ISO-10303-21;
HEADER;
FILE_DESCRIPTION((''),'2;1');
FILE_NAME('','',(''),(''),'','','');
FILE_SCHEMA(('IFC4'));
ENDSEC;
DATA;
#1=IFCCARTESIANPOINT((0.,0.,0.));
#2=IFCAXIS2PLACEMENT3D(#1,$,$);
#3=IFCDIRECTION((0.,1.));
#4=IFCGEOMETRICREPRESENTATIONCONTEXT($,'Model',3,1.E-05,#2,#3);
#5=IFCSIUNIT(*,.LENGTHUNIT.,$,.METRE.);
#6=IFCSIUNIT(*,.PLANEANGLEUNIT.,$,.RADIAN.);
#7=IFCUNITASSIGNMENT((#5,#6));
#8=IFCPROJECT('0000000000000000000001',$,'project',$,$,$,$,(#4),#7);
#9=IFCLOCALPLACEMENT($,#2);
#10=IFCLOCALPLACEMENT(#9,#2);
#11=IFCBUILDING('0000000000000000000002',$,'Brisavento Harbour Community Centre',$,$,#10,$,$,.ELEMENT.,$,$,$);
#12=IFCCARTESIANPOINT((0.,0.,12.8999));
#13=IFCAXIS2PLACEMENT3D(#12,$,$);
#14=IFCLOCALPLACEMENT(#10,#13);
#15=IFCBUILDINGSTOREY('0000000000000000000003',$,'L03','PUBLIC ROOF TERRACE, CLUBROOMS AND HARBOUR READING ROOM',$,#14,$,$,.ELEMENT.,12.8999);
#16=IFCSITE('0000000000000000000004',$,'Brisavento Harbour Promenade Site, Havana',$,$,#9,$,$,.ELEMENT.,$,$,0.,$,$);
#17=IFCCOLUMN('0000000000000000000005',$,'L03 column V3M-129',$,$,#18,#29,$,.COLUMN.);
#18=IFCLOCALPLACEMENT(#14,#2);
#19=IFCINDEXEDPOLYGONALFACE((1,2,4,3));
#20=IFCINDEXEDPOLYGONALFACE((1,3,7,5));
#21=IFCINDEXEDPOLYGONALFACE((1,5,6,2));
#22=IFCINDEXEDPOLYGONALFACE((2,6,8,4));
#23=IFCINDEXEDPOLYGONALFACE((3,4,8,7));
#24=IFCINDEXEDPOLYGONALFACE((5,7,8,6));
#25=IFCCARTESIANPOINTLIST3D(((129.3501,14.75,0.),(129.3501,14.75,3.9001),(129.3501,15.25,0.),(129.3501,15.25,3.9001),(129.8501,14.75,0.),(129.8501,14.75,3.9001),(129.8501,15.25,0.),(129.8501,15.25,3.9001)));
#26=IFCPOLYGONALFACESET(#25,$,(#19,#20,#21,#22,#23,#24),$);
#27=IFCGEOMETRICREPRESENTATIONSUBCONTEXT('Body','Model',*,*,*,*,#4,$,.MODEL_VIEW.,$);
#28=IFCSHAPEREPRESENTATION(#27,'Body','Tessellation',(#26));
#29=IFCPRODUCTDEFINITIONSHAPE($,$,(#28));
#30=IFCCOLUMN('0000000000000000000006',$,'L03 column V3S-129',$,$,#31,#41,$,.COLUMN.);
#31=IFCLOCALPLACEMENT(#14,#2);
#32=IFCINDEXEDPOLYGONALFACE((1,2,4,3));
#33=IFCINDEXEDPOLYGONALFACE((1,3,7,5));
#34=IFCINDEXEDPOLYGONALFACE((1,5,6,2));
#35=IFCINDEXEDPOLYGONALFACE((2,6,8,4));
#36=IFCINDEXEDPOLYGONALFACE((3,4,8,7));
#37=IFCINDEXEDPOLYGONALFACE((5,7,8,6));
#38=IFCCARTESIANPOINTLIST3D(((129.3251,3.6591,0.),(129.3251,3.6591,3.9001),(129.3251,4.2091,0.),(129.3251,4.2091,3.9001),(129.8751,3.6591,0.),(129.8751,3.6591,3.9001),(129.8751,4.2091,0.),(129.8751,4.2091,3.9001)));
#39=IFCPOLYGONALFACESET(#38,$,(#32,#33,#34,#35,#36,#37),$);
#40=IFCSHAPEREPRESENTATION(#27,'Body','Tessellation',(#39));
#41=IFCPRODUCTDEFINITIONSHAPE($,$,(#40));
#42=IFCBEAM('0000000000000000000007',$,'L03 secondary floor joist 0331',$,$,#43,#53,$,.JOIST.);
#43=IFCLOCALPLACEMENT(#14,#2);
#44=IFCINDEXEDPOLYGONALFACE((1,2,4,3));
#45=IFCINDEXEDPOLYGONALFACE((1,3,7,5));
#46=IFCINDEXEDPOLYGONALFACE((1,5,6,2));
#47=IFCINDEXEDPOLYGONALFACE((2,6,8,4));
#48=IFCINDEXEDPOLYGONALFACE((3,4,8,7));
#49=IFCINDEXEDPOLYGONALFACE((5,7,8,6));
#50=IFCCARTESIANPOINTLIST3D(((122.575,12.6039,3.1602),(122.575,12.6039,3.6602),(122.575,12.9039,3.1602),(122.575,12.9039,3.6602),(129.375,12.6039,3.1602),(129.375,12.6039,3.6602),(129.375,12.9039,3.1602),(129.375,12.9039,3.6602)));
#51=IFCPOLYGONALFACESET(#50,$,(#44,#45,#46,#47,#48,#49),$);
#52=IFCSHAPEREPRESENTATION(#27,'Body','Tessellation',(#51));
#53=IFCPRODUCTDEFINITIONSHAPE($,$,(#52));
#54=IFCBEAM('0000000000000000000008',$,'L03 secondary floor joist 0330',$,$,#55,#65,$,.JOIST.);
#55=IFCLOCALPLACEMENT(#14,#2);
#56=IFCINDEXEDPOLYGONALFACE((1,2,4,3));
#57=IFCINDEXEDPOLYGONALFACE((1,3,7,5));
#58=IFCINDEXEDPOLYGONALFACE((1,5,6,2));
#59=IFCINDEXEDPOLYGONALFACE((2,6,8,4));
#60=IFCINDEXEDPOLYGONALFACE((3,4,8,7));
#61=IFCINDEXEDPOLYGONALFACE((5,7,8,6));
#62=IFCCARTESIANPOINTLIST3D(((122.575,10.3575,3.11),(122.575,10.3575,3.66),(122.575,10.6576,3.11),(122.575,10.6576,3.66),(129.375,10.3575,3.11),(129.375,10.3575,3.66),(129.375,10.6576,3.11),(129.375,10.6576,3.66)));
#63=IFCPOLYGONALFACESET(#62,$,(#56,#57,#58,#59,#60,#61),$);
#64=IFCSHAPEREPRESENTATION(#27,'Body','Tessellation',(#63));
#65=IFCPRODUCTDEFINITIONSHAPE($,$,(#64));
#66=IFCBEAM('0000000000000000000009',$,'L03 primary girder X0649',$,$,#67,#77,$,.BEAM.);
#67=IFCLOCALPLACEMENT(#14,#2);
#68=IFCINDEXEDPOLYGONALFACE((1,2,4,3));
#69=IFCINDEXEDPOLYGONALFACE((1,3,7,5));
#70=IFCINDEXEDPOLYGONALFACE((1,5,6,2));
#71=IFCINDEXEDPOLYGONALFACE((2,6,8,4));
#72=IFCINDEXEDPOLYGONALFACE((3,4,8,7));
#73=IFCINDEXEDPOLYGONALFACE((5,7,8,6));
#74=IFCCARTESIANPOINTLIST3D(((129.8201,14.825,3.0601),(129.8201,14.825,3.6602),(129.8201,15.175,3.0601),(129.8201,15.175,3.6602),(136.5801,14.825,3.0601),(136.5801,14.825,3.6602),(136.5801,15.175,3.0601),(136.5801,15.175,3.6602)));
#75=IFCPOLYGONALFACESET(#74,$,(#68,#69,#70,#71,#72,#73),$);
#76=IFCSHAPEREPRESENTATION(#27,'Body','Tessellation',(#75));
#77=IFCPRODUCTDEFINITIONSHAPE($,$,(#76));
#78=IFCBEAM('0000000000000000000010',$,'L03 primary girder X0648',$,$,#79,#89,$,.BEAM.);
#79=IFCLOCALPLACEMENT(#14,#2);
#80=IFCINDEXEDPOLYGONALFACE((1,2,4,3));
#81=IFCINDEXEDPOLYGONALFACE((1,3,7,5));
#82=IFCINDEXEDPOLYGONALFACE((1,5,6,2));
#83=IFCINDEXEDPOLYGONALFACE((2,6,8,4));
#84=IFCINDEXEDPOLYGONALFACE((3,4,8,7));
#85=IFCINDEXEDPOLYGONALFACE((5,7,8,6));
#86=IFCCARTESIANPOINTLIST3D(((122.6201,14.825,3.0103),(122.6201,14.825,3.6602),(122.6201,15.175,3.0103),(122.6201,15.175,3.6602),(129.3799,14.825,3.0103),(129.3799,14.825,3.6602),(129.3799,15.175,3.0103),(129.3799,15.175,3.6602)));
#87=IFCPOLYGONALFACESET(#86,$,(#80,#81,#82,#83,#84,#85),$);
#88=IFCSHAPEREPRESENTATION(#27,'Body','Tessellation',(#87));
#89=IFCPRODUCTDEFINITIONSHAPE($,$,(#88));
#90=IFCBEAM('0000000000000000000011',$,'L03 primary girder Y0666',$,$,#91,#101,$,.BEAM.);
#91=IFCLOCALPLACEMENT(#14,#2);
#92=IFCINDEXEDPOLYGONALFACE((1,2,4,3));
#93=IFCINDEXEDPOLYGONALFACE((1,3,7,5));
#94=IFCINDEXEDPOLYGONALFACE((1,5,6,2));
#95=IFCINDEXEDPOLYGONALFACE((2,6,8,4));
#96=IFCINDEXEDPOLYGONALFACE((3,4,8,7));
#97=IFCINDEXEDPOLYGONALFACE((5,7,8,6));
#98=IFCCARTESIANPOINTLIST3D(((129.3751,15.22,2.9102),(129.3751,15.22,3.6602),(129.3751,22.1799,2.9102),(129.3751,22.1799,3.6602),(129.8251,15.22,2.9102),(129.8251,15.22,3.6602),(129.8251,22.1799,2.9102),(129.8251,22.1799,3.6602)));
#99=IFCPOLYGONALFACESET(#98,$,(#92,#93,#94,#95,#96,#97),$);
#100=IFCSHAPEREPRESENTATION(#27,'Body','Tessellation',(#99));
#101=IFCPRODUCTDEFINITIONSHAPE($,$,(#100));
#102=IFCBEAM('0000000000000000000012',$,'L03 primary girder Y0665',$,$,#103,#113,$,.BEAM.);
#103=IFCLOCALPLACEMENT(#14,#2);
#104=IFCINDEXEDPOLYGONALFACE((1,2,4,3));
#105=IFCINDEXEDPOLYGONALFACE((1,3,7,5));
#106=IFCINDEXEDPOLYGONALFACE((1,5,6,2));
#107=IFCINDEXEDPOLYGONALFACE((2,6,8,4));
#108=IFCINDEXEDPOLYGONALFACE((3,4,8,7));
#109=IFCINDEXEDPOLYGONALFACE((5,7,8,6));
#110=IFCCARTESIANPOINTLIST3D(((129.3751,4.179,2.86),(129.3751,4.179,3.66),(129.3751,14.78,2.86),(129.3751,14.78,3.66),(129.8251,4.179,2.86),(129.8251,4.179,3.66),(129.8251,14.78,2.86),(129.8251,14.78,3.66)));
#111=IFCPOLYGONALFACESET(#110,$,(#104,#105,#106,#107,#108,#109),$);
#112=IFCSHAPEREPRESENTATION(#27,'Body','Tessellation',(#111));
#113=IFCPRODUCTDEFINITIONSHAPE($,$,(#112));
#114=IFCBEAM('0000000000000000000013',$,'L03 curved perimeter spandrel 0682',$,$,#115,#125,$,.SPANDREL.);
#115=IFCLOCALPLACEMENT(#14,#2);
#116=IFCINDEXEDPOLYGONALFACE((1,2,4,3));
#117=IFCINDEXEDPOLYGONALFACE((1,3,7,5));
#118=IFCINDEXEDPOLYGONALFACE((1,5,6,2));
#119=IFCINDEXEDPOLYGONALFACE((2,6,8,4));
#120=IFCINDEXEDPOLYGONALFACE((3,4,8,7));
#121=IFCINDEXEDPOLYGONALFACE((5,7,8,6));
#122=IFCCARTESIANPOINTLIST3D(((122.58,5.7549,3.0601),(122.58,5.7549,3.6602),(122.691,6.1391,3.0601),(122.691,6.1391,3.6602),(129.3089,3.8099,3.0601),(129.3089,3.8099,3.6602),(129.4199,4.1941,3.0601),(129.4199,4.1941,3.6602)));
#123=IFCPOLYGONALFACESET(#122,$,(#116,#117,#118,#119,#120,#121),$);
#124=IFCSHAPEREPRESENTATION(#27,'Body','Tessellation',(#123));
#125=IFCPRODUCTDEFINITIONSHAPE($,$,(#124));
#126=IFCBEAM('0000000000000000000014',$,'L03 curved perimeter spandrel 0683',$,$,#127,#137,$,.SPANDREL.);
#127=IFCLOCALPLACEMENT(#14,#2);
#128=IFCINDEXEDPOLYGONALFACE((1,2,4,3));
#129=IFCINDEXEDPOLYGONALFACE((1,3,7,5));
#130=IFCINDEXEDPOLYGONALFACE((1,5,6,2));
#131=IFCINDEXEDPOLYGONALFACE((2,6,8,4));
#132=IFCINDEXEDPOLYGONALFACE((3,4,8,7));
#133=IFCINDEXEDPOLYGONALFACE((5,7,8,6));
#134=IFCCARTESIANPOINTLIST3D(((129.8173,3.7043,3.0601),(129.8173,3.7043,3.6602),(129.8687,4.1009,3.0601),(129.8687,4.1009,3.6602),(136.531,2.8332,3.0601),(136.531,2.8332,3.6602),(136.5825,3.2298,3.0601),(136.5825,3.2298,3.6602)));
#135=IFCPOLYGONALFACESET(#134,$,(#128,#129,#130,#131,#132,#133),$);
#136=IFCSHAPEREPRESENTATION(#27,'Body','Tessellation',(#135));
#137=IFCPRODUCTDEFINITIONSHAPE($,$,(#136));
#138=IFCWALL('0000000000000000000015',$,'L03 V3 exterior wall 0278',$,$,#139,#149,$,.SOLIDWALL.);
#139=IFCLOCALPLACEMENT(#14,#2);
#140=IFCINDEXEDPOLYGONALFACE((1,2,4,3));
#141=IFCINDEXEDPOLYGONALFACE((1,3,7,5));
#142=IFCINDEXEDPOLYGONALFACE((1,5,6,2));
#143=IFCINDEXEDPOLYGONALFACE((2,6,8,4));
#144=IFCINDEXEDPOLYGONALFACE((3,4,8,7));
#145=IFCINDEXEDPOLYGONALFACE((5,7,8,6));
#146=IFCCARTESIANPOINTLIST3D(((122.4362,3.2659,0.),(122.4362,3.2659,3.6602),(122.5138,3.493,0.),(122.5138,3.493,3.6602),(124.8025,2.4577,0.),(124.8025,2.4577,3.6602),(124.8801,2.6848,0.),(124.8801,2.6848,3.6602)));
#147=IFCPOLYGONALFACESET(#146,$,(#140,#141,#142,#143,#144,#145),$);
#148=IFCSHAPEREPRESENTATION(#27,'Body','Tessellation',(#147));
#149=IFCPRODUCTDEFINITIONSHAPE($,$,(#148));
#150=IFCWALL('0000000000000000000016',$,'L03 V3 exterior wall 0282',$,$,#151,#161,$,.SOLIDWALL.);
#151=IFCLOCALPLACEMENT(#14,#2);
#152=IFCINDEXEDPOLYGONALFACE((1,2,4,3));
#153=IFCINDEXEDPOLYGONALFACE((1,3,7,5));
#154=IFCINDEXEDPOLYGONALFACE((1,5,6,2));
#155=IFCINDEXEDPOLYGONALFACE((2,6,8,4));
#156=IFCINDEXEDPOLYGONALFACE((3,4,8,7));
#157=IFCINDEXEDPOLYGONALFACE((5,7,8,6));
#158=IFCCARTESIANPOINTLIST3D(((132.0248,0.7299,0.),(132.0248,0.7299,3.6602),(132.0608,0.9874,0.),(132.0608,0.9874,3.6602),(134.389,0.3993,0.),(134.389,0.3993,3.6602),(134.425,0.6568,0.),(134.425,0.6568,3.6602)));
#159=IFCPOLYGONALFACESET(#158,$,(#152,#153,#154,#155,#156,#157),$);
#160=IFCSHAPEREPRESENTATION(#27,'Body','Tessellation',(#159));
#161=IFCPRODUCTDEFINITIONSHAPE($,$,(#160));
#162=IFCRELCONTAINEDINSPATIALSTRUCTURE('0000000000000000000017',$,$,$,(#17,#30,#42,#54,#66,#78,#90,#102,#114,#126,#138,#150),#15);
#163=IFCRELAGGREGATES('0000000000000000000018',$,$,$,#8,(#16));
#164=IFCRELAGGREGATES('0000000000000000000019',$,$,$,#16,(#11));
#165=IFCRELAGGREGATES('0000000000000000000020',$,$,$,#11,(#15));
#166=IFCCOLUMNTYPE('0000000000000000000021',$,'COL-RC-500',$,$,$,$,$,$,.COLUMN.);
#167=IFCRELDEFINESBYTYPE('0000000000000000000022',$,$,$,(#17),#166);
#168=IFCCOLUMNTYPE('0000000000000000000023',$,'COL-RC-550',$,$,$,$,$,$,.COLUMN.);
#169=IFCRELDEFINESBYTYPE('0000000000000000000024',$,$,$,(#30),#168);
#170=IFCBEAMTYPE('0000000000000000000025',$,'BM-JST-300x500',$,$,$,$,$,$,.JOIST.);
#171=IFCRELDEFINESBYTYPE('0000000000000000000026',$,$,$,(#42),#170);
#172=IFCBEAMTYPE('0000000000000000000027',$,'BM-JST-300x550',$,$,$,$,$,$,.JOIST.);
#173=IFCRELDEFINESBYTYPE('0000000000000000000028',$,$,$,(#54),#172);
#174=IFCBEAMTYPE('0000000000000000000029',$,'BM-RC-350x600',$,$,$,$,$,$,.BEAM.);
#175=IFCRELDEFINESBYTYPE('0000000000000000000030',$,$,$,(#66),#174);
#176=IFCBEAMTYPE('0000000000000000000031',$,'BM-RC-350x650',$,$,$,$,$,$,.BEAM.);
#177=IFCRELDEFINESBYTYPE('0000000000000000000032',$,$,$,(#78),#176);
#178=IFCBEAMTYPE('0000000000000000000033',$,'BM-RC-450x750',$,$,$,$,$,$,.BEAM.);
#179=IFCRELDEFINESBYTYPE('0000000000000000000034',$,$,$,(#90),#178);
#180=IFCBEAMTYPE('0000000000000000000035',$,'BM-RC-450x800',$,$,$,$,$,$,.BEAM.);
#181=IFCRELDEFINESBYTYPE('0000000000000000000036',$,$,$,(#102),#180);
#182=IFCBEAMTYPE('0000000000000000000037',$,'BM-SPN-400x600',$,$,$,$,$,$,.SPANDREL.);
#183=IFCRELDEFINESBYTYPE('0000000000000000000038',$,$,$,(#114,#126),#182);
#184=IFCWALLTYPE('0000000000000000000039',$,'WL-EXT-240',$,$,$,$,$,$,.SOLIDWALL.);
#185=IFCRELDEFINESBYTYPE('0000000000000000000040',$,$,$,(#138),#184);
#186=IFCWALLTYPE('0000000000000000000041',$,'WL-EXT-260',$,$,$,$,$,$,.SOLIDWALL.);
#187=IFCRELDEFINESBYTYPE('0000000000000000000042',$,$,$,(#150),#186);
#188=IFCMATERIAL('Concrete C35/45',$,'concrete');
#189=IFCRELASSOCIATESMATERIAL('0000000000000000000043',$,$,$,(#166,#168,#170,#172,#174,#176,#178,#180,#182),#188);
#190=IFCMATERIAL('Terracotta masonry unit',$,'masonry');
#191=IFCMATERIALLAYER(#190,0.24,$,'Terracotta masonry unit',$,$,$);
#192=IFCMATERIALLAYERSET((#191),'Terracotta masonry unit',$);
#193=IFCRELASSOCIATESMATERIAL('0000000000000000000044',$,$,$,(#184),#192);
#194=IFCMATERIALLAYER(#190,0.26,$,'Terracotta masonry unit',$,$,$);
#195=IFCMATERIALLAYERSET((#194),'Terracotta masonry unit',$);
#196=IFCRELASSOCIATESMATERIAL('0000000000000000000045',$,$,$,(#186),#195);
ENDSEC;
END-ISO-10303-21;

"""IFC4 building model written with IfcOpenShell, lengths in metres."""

from ifc_helpers import new_model, si_unit, direction, frame, frame_2d, origin, origin_2d, place, context, subcontext, project, spatial, rectangle, extrude, material, layer, layer_set, material_profile, profile_set, type_object, element, save


model = new_model("IFC4")

# Units and contexts
model_context = context("Model", 3, precision=1e-05, world=origin(), true_north=direction((0.0, 1.0)))
body_context = subcontext(model_context, "Body", "Model", "MODEL_VIEW")
ifc_project = project(units=[si_unit("LENGTHUNIT", "METRE"), si_unit("PLANEANGLEUNIT", "RADIAN")], contexts=[model_context])

# Site, building, storey
site_placement = place(None, origin())
site = spatial("IfcSite", under=ifc_project, at=site_placement, Name="Brisavento Harbour Promenade Site, Havana", CompositionType="ELEMENT", RefElevation=0.0)
building_placement = place(site_placement, origin())
building = spatial("IfcBuilding", under=site, at=building_placement, Name="Brisavento Harbour Community Centre", CompositionType="ELEMENT")
storey_placement = place(building_placement, frame((0.0, 0.0, 12.8999)))
storey = spatial("IfcBuildingStorey", under=building, at=storey_placement, Name="L03", Description="PUBLIC ROOF TERRACE, CLUBROOMS AND HARBOUR READING ROOM", CompositionType="ELEMENT", Elevation=12.8999)

# Columns
ifc_material_1 = material(Name="Concrete C35/45", Category="concrete")
ifc_material_profile_1 = material_profile(ifc_material_1, rectangle(XDim=0.5, YDim=0.5, at=origin_2d()), Name="Concrete C35/45")
ifc_profile_set_1 = profile_set([ifc_material_profile_1], Name="Concrete C35/45")
column_type_1 = type_object("IfcColumnType", Name="COL-RC-500", PredefinedType="COLUMN", material=ifc_profile_set_1)
column_1_placement = place(storey_placement, frame((129.6001, 15.0, 0.0), z_axis=(0.0, 0.0, 1.0), x_axis=(1.0, 0.0, 0.0)))
element("IfcColumn", 1, at=column_1_placement, inside=storey, type_object=column_type_1, Name="L03 column V3M-129", PredefinedType="COLUMN", context=body_context, shape_type="SweptSolid", body=[
    extrude(rectangle(XDim=0.5, YDim=0.5, at=origin_2d()), origin(), (0.0, 0.0, 1.0), 3.9001),
])
ifc_material_profile_2 = material_profile(ifc_material_1, rectangle(XDim=0.55, YDim=0.55, at=origin_2d()), Name="Concrete C35/45")
ifc_profile_set_2 = profile_set([ifc_material_profile_2], Name="Concrete C35/45")
column_type_2 = type_object("IfcColumnType", Name="COL-RC-550", PredefinedType="COLUMN", material=ifc_profile_set_2)
column_2_placement = place(storey_placement, frame((129.6001, 3.9341, 0.0), z_axis=(0.0, 0.0, 1.0), x_axis=(1.0, 0.0, 0.0)))
element("IfcColumn", 2, at=column_2_placement, inside=storey, type_object=column_type_2, Name="L03 column V3S-129", PredefinedType="COLUMN", context=body_context, shape_type="SweptSolid", body=[
    extrude(rectangle(XDim=0.55, YDim=0.55, at=origin_2d()), origin(), (0.0, 0.0, 1.0), 3.9001),
])

# Beams
ifc_material_profile_3 = material_profile(ifc_material_1, rectangle(XDim=0.3, YDim=0.5, at=origin_2d()), Name="Concrete C35/45")
ifc_profile_set_3 = profile_set([ifc_material_profile_3], Name="Concrete C35/45")
beam_type_1 = type_object("IfcBeamType", Name="BM-JST-300x500", PredefinedType="JOIST", material=ifc_profile_set_3)
beam_1_placement = place(storey_placement, frame((122.575, 12.7539, 3.4102), z_axis=(1.0, 0.0, 0.0), x_axis=(0.0, 1.0, 0.0)))
element("IfcBeam", 3, at=beam_1_placement, inside=storey, type_object=beam_type_1, Name="L03 secondary floor joist 0331", PredefinedType="JOIST", context=body_context, shape_type="SweptSolid", body=[
    extrude(rectangle(XDim=0.3, YDim=0.5, at=origin_2d()), origin(), (0.0, 0.0, 1.0), 6.8),
])
ifc_material_profile_4 = material_profile(ifc_material_1, rectangle(XDim=0.3, YDim=0.55, at=origin_2d()), Name="Concrete C35/45")
ifc_profile_set_4 = profile_set([ifc_material_profile_4], Name="Concrete C35/45")
beam_type_2 = type_object("IfcBeamType", Name="BM-JST-300x550", PredefinedType="JOIST", material=ifc_profile_set_4)
beam_2_placement = place(storey_placement, frame((122.575, 10.5076, 3.385), z_axis=(1.0, 0.0, 0.0), x_axis=(0.0, 1.0, 0.0)))
element("IfcBeam", 4, at=beam_2_placement, inside=storey, type_object=beam_type_2, Name="L03 secondary floor joist 0330", PredefinedType="JOIST", context=body_context, shape_type="SweptSolid", body=[
    extrude(rectangle(XDim=0.3, YDim=0.55, at=origin_2d()), origin(), (0.0, 0.0, 1.0), 6.8),
])
ifc_material_profile_5 = material_profile(ifc_material_1, rectangle(XDim=0.3501, YDim=0.6001, at=origin_2d()), Name="Concrete C35/45")
ifc_profile_set_5 = profile_set([ifc_material_profile_5], Name="Concrete C35/45")
beam_type_3 = type_object("IfcBeamType", Name="BM-RC-350x600", PredefinedType="BEAM", material=ifc_profile_set_5)
beam_3_placement = place(storey_placement, frame((129.8201, 15.0, 3.3601), z_axis=(1.0, 0.0, 0.0), x_axis=(0.0, 1.0, 0.0)))
element("IfcBeam", 5, at=beam_3_placement, inside=storey, type_object=beam_type_3, Name="L03 primary girder X0649", PredefinedType="BEAM", context=body_context, shape_type="SweptSolid", body=[
    extrude(rectangle(XDim=0.3501, YDim=0.6001, at=origin_2d()), origin(), (0.0, 0.0, 1.0), 6.76),
])
ifc_material_profile_6 = material_profile(ifc_material_1, rectangle(XDim=0.3501, YDim=0.6499, at=origin_2d()), Name="Concrete C35/45")
ifc_profile_set_6 = profile_set([ifc_material_profile_6], Name="Concrete C35/45")
beam_type_4 = type_object("IfcBeamType", Name="BM-RC-350x650", PredefinedType="BEAM", material=ifc_profile_set_6)
beam_4_placement = place(storey_placement, frame((122.6201, 15.0, 3.3352), z_axis=(1.0, 0.0, 0.0), x_axis=(0.0, 1.0, 0.0)))
element("IfcBeam", 6, at=beam_4_placement, inside=storey, type_object=beam_type_4, Name="L03 primary girder X0648", PredefinedType="BEAM", context=body_context, shape_type="SweptSolid", body=[
    extrude(rectangle(XDim=0.3501, YDim=0.6499, at=origin_2d()), origin(), (0.0, 0.0, 1.0), 6.7598),
])
ifc_material_profile_7 = material_profile(ifc_material_1, rectangle(XDim=0.45, YDim=0.75, at=origin_2d()), Name="Concrete C35/45")
ifc_profile_set_7 = profile_set([ifc_material_profile_7], Name="Concrete C35/45")
beam_type_5 = type_object("IfcBeamType", Name="BM-RC-450x750", PredefinedType="BEAM", material=ifc_profile_set_7)
beam_5_placement = place(storey_placement, frame((129.6001, 15.22, 3.2852), z_axis=(0.0, 1.0, 0.0), x_axis=(-1.0, 0.0, 0.0)))
element("IfcBeam", 7, at=beam_5_placement, inside=storey, type_object=beam_type_5, Name="L03 primary girder Y0666", PredefinedType="BEAM", context=body_context, shape_type="SweptSolid", body=[
    extrude(rectangle(XDim=0.45, YDim=0.75, at=origin_2d()), origin(), (0.0, 0.0, 1.0), 6.96),
])
ifc_material_profile_8 = material_profile(ifc_material_1, rectangle(XDim=0.45, YDim=0.8, at=origin_2d()), Name="Concrete C35/45")
ifc_profile_set_8 = profile_set([ifc_material_profile_8], Name="Concrete C35/45")
beam_type_6 = type_object("IfcBeamType", Name="BM-RC-450x800", PredefinedType="BEAM", material=ifc_profile_set_8)
beam_6_placement = place(storey_placement, frame((129.6001, 4.179, 3.26), z_axis=(0.0, 1.0, 0.0), x_axis=(-1.0, 0.0, 0.0)))
element("IfcBeam", 8, at=beam_6_placement, inside=storey, type_object=beam_type_6, Name="L03 primary girder Y0665", PredefinedType="BEAM", context=body_context, shape_type="SweptSolid", body=[
    extrude(rectangle(XDim=0.45, YDim=0.8, at=origin_2d()), origin(), (0.0, 0.0, 1.0), 10.6011),
])
ifc_material_profile_9 = material_profile(ifc_material_1, rectangle(XDim=0.3999, YDim=0.6001, at=origin_2d()), Name="Concrete C35/45")
ifc_profile_set_9 = profile_set([ifc_material_profile_9], Name="Concrete C35/45")
beam_type_7 = type_object("IfcBeamType", Name="BM-SPN-400x600", PredefinedType="SPANDREL", material=ifc_profile_set_9)
beam_7_placement = place(storey_placement, frame((122.6355, 5.947, 3.3601), z_axis=(0.960671, -0.277689, 0.0), x_axis=(0.277689, 0.960671, 0.0)))
element("IfcBeam", 9, at=beam_7_placement, inside=storey, type_object=beam_type_7, Name="L03 curved perimeter spandrel 0682", PredefinedType="SPANDREL", context=body_context, shape_type="SweptSolid", body=[
    extrude(rectangle(XDim=0.3999, YDim=0.6001, at=origin_2d()), origin(), (0.0, 0.0, 1.0), 7.0044),
])
beam_8_placement = place(storey_placement, frame((129.843, 3.9026, 3.3601), z_axis=(0.991688, -0.128667, 0.0), x_axis=(0.128667, 0.991688, 0.0)))
element("IfcBeam", 10, at=beam_8_placement, inside=storey, type_object=beam_type_7, Name="L03 curved perimeter spandrel 0683", PredefinedType="SPANDREL", context=body_context, shape_type="SweptSolid", body=[
    extrude(rectangle(XDim=0.3999, YDim=0.6001, at=origin_2d()), origin(), (0.0, 0.0, 1.0), 6.77),
])

# Walls
ifc_material_2 = material(Name="Terracotta masonry unit", Category="masonry")
ifc_layer_1 = layer(ifc_material_2, 0.24, Name="Terracotta masonry unit")
ifc_layer_set_1 = layer_set([ifc_layer_1], Name="Terracotta masonry unit")
wall_type_1 = type_object("IfcWallType", Name="WL-EXT-240", PredefinedType="SOLIDWALL", material=ifc_layer_set_1)
wall_1_placement = place(storey_placement, frame((124.8413, 2.5713, 0.0), z_axis=(0.0, 0.0, 1.0), x_axis=(-0.946334, 0.323191, 0.0)))
element("IfcWall", 11, at=wall_1_placement, inside=storey, type_object=wall_type_1, Name="L03 V3 exterior wall 0278", PredefinedType="SOLIDWALL", context=body_context, shape_type="SweptSolid", body=[
    extrude(rectangle(XDim=2.5005, YDim=0.24, at=frame_2d((1.2502, 0.0))), origin(), (0.0, 0.0, 1.0), 3.6602),
])
ifc_layer_2 = layer(ifc_material_2, 0.26, Name="Terracotta masonry unit")
ifc_layer_set_2 = layer_set([ifc_layer_2], Name="Terracotta masonry unit")
wall_type_2 = type_object("IfcWallType", Name="WL-EXT-260", PredefinedType="SOLIDWALL", material=ifc_layer_set_2)
wall_2_placement = place(storey_placement, frame((134.407, 0.5281, 0.0), z_axis=(0.0, 0.0, 1.0), x_axis=(-0.990366, 0.138471, 0.0)))
element("IfcWall", 12, at=wall_2_placement, inside=storey, type_object=wall_type_2, Name="L03 V3 exterior wall 0282", PredefinedType="SOLIDWALL", context=body_context, shape_type="SweptSolid", body=[
    extrude(rectangle(XDim=2.3872, YDim=0.26, at=frame_2d((1.1936, 0.0))), origin(), (0.0, 0.0, 1.0), 3.6602),
])

save(model, "model.ifc")
